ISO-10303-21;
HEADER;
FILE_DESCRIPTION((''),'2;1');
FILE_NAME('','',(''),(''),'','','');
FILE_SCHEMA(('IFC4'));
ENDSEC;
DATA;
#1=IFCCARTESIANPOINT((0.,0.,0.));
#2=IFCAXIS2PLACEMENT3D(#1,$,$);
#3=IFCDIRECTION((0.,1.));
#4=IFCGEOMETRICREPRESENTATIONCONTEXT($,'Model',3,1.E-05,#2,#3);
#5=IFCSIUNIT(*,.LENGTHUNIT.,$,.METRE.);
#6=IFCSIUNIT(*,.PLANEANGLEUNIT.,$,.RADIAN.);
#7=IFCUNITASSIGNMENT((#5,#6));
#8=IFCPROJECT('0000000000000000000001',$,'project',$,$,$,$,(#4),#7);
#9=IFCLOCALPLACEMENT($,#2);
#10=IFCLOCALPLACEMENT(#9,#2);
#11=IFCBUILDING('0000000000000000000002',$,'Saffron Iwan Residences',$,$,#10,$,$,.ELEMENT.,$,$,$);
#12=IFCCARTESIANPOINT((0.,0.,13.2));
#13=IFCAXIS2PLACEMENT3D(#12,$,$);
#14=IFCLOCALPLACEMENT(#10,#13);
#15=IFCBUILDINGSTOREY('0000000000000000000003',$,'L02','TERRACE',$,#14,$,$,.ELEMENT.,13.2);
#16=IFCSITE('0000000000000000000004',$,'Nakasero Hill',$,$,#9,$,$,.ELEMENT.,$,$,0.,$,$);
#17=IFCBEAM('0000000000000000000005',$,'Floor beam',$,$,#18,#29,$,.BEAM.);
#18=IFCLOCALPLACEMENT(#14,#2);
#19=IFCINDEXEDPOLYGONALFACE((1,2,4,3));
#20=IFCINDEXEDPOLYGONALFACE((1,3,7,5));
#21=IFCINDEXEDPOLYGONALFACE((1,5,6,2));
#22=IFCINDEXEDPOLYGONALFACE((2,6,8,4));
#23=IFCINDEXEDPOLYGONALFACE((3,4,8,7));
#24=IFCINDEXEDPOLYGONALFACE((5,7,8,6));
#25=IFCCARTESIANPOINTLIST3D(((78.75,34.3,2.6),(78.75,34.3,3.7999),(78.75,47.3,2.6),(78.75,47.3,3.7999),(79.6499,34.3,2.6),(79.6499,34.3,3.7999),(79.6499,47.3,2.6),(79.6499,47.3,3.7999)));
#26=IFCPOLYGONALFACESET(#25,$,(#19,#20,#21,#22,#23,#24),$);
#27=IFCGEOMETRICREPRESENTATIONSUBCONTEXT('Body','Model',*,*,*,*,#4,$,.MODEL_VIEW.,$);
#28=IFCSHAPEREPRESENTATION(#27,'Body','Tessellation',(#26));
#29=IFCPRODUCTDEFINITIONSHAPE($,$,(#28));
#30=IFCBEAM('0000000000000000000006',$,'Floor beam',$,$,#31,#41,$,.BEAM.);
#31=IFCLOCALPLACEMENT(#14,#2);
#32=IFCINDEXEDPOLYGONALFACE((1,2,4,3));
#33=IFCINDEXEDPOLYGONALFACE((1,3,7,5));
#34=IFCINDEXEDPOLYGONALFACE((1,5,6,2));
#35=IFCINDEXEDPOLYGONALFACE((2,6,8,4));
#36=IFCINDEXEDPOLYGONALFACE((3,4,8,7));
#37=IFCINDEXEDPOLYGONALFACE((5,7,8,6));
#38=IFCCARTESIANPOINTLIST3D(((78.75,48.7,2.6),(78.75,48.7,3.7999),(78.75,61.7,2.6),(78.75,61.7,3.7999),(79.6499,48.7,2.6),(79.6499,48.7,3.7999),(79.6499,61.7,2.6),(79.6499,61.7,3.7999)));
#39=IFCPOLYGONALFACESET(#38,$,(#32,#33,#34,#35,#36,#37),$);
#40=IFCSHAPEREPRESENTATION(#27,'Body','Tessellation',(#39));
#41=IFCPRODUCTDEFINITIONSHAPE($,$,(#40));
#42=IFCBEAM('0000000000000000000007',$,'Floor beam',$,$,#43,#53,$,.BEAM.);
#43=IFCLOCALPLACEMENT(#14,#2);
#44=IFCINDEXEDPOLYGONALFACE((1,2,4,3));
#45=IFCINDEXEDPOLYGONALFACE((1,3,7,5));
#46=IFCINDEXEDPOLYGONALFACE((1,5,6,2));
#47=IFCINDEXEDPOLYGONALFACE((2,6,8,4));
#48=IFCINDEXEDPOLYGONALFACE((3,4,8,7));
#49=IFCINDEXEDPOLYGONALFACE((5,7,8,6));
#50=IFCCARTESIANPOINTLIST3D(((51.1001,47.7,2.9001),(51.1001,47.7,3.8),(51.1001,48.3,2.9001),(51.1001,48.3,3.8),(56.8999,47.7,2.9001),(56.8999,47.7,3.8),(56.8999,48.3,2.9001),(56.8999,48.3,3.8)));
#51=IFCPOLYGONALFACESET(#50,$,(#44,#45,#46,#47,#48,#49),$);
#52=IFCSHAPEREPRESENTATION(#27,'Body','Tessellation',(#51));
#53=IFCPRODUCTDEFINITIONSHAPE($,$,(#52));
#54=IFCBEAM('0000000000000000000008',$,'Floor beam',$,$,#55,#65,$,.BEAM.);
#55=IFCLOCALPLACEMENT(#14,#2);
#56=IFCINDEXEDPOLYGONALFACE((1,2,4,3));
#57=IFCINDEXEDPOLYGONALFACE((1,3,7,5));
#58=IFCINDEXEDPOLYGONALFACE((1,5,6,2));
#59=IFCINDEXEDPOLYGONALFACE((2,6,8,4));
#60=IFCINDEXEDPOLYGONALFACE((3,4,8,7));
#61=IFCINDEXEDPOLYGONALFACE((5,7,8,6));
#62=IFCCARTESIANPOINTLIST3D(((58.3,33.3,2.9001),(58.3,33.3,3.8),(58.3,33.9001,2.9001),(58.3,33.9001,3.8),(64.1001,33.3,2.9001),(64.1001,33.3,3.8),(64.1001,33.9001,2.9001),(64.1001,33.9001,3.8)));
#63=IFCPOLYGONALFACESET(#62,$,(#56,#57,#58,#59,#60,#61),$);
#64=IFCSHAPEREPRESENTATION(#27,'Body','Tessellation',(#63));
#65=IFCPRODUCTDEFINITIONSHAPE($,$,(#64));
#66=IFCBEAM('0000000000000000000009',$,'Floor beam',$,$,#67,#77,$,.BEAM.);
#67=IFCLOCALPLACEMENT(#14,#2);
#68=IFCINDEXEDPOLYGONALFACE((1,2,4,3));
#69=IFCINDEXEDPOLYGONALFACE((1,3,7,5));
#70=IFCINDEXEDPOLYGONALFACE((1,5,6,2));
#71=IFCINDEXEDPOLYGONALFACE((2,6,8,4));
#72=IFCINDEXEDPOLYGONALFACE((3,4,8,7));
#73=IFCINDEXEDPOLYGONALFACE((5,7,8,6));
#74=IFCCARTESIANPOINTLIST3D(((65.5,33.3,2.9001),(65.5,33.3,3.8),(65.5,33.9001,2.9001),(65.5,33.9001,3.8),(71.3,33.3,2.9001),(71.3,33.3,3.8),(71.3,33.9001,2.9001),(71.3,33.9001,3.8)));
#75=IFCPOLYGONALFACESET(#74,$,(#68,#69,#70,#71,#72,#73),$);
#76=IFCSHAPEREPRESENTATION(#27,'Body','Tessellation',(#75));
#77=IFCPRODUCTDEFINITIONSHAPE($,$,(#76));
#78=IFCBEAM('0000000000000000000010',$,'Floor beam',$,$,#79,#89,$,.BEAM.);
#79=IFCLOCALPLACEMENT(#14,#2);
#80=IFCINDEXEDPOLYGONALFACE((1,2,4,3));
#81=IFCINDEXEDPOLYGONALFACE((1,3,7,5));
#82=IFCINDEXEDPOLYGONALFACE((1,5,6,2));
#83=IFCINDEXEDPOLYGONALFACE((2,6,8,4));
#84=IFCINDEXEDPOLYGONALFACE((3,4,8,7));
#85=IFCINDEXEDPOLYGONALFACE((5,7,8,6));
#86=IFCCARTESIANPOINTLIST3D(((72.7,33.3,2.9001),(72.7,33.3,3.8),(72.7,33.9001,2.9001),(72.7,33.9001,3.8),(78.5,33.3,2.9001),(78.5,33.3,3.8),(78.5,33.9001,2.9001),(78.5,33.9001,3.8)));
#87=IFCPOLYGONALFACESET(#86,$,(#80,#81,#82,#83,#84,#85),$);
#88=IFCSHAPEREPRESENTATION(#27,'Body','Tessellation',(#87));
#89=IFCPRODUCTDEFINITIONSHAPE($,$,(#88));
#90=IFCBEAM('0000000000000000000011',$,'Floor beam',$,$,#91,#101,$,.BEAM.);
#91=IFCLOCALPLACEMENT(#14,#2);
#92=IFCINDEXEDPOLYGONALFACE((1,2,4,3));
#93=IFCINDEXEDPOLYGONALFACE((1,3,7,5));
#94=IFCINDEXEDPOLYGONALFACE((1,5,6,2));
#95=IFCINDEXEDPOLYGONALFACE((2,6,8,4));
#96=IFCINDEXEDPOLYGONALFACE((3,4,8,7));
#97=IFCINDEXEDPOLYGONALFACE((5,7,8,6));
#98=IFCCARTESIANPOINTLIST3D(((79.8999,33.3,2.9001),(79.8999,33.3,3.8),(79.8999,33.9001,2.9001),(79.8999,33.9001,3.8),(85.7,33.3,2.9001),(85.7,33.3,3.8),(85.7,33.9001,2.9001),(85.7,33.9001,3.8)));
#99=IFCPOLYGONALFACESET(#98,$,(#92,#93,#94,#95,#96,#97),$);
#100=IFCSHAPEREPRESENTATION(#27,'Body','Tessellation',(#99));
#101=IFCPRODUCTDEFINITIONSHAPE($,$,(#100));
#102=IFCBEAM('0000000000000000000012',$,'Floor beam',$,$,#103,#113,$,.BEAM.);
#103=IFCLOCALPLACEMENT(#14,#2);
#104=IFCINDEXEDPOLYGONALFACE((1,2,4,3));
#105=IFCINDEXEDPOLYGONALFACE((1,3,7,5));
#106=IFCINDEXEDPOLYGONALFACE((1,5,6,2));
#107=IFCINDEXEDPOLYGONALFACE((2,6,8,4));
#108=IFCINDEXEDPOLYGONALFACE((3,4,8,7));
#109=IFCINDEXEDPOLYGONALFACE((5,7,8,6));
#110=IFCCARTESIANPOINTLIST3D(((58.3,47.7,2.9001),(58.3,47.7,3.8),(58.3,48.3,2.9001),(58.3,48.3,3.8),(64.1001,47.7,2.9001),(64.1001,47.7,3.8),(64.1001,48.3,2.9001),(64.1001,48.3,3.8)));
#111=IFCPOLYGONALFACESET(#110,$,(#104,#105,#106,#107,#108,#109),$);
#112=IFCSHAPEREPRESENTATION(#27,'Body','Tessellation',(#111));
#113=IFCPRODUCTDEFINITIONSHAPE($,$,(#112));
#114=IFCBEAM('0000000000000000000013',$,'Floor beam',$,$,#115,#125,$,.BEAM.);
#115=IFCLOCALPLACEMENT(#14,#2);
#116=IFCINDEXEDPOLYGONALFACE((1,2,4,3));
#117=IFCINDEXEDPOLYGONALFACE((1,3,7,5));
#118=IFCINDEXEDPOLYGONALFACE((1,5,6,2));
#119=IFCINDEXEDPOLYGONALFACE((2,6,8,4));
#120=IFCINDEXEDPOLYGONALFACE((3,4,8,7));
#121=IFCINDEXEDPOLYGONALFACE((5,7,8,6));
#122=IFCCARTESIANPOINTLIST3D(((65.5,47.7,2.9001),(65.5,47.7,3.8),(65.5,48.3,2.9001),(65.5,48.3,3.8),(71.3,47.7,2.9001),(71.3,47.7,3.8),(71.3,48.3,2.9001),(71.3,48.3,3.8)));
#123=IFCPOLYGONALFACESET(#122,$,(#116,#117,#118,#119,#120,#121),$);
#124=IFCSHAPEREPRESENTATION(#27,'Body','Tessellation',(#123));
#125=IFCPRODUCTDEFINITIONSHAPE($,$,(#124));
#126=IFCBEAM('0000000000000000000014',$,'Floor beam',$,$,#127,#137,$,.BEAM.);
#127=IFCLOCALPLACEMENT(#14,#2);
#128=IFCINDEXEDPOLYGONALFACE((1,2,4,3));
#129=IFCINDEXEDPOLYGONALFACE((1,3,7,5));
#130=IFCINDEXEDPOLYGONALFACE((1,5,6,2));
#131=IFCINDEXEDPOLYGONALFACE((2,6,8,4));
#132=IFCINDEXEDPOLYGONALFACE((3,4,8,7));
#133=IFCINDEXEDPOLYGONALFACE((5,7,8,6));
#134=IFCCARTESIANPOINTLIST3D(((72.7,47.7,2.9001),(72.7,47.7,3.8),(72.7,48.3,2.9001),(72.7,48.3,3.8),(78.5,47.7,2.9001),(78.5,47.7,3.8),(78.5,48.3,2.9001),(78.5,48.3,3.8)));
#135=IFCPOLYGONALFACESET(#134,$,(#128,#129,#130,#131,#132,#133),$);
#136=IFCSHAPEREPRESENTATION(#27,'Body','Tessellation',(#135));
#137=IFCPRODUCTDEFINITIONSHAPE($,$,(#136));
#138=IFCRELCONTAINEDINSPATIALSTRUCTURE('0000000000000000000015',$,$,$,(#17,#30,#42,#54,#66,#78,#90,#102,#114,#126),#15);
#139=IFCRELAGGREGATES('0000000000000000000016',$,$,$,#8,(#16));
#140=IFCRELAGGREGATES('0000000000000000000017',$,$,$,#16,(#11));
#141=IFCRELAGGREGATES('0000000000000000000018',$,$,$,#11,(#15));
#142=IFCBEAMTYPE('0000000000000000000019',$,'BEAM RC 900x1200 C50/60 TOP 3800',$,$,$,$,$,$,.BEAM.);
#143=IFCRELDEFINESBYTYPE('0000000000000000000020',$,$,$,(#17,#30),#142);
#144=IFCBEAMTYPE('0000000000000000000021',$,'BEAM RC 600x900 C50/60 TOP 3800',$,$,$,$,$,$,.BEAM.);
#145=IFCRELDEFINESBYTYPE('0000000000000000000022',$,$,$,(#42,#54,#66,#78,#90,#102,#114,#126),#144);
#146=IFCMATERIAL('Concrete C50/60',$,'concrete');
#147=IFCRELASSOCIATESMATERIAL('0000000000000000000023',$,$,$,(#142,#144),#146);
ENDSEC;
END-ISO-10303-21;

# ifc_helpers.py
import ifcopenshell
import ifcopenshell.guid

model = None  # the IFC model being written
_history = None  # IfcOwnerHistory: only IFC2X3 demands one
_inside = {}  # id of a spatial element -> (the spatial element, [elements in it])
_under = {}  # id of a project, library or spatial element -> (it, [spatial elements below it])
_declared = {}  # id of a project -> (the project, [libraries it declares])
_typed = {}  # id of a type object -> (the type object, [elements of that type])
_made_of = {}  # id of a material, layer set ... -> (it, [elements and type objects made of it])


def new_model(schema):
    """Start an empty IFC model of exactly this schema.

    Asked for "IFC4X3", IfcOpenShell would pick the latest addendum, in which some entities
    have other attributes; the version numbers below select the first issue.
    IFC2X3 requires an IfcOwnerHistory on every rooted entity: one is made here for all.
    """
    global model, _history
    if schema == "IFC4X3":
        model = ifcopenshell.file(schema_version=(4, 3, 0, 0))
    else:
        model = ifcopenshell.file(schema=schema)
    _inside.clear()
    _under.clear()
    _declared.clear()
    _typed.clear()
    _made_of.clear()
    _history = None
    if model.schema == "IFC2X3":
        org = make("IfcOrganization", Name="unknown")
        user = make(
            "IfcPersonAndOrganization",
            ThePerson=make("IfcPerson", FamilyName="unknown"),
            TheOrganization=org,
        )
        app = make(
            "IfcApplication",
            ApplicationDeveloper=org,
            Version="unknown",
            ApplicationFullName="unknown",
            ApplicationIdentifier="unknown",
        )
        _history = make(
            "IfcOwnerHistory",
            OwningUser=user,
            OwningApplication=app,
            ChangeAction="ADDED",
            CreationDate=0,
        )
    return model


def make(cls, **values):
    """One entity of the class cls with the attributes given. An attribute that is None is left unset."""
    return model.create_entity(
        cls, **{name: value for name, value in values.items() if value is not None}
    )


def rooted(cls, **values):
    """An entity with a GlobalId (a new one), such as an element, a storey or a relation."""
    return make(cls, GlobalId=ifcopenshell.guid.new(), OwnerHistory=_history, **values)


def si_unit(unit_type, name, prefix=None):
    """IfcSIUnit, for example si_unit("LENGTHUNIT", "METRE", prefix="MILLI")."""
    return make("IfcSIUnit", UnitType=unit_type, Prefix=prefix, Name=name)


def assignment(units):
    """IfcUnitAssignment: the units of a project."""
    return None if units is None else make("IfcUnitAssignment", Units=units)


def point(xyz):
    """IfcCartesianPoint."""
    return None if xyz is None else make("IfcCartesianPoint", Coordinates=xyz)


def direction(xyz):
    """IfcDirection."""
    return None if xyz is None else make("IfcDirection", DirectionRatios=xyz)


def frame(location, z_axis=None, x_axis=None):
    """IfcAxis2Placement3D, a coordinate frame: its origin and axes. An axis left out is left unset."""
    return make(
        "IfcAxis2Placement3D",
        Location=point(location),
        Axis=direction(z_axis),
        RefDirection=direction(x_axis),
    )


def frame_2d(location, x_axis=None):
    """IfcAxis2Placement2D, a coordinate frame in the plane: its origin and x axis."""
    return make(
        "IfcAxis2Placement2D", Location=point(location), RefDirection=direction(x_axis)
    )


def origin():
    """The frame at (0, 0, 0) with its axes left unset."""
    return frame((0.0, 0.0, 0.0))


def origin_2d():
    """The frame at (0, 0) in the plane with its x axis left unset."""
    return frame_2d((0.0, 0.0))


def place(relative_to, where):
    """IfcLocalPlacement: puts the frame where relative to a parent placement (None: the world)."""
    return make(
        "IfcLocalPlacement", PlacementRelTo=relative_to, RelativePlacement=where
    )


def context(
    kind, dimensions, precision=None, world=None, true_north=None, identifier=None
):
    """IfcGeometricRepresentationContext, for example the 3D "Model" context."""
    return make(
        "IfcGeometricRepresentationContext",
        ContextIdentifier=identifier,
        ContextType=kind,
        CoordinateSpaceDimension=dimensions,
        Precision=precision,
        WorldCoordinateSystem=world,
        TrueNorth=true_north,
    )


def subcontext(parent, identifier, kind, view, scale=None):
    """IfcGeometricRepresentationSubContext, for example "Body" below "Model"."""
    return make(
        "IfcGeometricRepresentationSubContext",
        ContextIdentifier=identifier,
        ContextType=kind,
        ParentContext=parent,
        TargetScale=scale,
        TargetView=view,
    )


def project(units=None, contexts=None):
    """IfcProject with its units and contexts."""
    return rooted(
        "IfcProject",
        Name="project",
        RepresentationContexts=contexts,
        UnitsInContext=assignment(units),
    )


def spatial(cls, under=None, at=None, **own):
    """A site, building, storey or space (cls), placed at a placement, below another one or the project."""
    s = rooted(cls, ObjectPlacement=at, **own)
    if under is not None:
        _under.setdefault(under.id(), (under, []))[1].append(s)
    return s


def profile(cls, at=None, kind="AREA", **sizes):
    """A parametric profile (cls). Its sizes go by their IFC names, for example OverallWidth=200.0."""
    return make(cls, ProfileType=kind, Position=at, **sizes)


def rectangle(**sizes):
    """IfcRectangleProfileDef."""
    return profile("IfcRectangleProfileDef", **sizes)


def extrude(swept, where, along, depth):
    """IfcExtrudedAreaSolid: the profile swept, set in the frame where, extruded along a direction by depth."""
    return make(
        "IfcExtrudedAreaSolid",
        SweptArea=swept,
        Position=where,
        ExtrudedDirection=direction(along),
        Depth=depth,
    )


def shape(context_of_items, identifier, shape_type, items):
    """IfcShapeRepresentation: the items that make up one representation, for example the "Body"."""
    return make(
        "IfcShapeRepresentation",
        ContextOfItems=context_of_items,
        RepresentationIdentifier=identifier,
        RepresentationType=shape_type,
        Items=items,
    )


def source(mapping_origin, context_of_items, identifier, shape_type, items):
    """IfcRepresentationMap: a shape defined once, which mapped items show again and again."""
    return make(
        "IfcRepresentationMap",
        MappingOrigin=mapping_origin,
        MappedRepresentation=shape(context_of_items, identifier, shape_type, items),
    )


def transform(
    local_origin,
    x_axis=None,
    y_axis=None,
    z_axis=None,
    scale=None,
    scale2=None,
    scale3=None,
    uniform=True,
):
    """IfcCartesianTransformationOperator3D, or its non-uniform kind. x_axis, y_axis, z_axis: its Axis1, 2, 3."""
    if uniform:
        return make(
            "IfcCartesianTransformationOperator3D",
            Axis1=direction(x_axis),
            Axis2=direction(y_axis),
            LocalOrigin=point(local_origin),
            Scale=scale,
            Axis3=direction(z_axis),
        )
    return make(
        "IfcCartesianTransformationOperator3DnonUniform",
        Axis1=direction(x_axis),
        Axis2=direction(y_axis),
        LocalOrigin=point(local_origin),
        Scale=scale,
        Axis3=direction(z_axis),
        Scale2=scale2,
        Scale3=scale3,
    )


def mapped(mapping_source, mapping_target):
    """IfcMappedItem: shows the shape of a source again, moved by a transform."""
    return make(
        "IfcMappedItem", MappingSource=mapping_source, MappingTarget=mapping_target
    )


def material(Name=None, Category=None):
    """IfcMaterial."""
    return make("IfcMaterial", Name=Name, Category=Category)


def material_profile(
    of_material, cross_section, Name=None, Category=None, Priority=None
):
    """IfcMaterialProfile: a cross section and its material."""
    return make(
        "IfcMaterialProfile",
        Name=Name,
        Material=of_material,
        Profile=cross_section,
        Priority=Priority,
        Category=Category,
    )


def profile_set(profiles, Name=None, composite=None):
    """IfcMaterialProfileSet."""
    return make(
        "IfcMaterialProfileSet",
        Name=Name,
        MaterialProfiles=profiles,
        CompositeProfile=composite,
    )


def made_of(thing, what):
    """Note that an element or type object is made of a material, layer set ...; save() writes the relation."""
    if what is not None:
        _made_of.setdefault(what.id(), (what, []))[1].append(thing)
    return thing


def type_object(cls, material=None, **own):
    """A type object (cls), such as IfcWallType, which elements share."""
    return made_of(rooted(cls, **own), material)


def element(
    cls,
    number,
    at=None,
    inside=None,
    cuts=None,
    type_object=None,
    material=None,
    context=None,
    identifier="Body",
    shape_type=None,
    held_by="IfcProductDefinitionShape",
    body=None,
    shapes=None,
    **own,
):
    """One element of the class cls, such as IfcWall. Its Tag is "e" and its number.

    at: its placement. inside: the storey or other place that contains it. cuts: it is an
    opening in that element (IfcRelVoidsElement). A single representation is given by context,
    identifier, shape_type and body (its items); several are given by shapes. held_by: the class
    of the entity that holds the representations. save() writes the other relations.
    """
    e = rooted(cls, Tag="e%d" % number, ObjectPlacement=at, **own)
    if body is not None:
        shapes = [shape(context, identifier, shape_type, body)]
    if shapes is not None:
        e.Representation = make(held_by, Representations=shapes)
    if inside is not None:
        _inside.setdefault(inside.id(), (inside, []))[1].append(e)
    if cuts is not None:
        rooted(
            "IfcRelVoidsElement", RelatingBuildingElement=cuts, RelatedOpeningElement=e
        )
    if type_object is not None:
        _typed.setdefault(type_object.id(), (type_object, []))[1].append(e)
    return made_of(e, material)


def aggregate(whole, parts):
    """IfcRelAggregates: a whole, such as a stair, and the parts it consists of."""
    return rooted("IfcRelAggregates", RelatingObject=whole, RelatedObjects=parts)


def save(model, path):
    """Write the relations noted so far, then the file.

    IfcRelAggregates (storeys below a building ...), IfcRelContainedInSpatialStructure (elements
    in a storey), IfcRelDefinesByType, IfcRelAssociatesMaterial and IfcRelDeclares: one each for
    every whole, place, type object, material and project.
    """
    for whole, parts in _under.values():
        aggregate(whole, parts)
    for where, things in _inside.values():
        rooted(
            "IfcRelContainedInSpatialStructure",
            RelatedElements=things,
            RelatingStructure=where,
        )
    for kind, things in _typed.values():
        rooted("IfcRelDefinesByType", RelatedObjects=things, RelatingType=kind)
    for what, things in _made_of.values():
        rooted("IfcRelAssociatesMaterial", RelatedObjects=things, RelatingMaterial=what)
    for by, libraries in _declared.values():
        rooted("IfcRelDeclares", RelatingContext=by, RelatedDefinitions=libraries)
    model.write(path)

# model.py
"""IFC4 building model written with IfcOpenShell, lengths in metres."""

from ifc_helpers import new_model, si_unit, direction, frame, origin, origin_2d, place, context, subcontext, project, spatial, rectangle, extrude, source, transform, mapped, material, material_profile, profile_set, type_object, element, save


model = new_model("IFC4")

# Units and contexts
model_context = context("Model", 3, precision=1e-05, world=origin(), true_north=direction((0.0, 1.0)))
body_context = subcontext(model_context, "Body", "Model", "MODEL_VIEW")
ifc_project = project(units=[si_unit("LENGTHUNIT", "METRE"), si_unit("PLANEANGLEUNIT", "RADIAN")], contexts=[model_context])

# Site, building, storey
site_placement = place(None, origin())
site = spatial("IfcSite", under=ifc_project, at=site_placement, Name="Nakasero Hill", CompositionType="ELEMENT", RefElevation=0.0)
building_placement = place(site_placement, origin())
building = spatial("IfcBuilding", under=site, at=building_placement, Name="Saffron Iwan Residences", CompositionType="ELEMENT")
storey_placement = place(building_placement, frame((0.0, 0.0, 13.2)))
storey = spatial("IfcBuildingStorey", under=building, at=storey_placement, Name="L02", Description="TERRACE", CompositionType="ELEMENT", Elevation=13.2)

# Shared definitions
ifc_material_1 = material(Name="Concrete C50/60", Category="concrete")

# Beams
ifc_material_profile_1 = material_profile(ifc_material_1, rectangle(XDim=0.8999, YDim=1.2, at=origin_2d()), Name="RC 900x1200")
ifc_profile_set_1 = profile_set([ifc_material_profile_1], Name="Concrete C50/60")
beam_type_1 = type_object("IfcBeamType", Name="BEAM RC 900x1200 C50/60 TOP 3800", PredefinedType="BEAM", material=ifc_profile_set_1)
shared_shape_1 = source(origin(), body_context, "Body", "SweptSolid", [
    extrude(rectangle(XDim=0.8999, YDim=1.2, at=origin_2d()), origin(), (0.0, 0.0, 1.0), 13.0),
])
for number, where, z_axis, x_axis, name in (
    (1, (79.2, 34.3, 3.2), (0.0, 1.0, 0.0), (-1.0, 0.0, 0.0), "Floor beam"),
    (2, (79.2, 48.7, 3.2), (0.0, 1.0, 0.0), (-1.0, 0.0, 0.0), "Floor beam"),
):
    element("IfcBeam", number, at=place(storey_placement, frame(where, z_axis=z_axis, x_axis=x_axis)), inside=storey, type_object=beam_type_1, Name=name, PredefinedType="BEAM", context=body_context, shape_type="MappedRepresentation", body=[
        mapped(shared_shape_1, transform((0.0, 0.0, 0.0))),
    ])
ifc_material_profile_2 = material_profile(ifc_material_1, rectangle(XDim=0.6001, YDim=0.8999, at=origin_2d()), Name="RC 600x900")
ifc_profile_set_2 = profile_set([ifc_material_profile_2], Name="Concrete C50/60")
beam_type_2 = type_object("IfcBeamType", Name="BEAM RC 600x900 C50/60 TOP 3800", PredefinedType="BEAM", material=ifc_profile_set_2)
shared_shape_2 = source(origin(), body_context, "Body", "SweptSolid", [
    extrude(rectangle(XDim=0.6001, YDim=0.8999, at=origin_2d()), origin(), (0.0, 0.0, 1.0), 5.7998),
])
beam_placement = place(storey_placement, frame((51.1001, 48.0, 3.3501), z_axis=(1.0, 0.0, 0.0), x_axis=(0.0, 1.0, 0.0)))
element("IfcBeam", 3, at=beam_placement, inside=storey, type_object=beam_type_2, Name="Floor beam", PredefinedType="BEAM", context=body_context, shape_type="MappedRepresentation", body=[
    mapped(shared_shape_2, transform((0.0, 0.0, 0.0))),
])
shared_shape_3 = source(origin(), body_context, "Body", "SweptSolid", [
    extrude(rectangle(XDim=0.6001, YDim=0.8999, at=origin_2d()), origin(), (0.0, 0.0, 1.0), 5.8),
])
for number, where, z_axis, x_axis, name in (
    (4, (58.3, 33.6001, 3.3501), (1.0, 0.0, 0.0), (0.0, 1.0, 0.0), "Floor beam"),
    (5, (65.5, 33.6001, 3.3501), (1.0, 0.0, 0.0), (0.0, 1.0, 0.0), "Floor beam"),
    (6, (72.7, 33.6001, 3.3501), (1.0, 0.0, 0.0), (0.0, 1.0, 0.0), "Floor beam"),
    (7, (79.8999, 33.6001, 3.3501), (1.0, 0.0, 0.0), (0.0, 1.0, 0.0), "Floor beam"),
    (8, (58.3, 48.0, 3.3501), (1.0, 0.0, 0.0), (0.0, 1.0, 0.0), "Floor beam"),
    (9, (65.5, 48.0, 3.3501), (1.0, 0.0, 0.0), (0.0, 1.0, 0.0), "Floor beam"),
    (10, (72.7, 48.0, 3.3501), (1.0, 0.0, 0.0), (0.0, 1.0, 0.0), "Floor beam"),
):
    element("IfcBeam", number, at=place(storey_placement, frame(where, z_axis=z_axis, x_axis=x_axis)), inside=storey, type_object=beam_type_2, Name=name, PredefinedType="BEAM", context=body_context, shape_type="MappedRepresentation", body=[
        mapped(shared_shape_3, transform((0.0, 0.0, 0.0))),
    ])

save(model, "model.ifc")
